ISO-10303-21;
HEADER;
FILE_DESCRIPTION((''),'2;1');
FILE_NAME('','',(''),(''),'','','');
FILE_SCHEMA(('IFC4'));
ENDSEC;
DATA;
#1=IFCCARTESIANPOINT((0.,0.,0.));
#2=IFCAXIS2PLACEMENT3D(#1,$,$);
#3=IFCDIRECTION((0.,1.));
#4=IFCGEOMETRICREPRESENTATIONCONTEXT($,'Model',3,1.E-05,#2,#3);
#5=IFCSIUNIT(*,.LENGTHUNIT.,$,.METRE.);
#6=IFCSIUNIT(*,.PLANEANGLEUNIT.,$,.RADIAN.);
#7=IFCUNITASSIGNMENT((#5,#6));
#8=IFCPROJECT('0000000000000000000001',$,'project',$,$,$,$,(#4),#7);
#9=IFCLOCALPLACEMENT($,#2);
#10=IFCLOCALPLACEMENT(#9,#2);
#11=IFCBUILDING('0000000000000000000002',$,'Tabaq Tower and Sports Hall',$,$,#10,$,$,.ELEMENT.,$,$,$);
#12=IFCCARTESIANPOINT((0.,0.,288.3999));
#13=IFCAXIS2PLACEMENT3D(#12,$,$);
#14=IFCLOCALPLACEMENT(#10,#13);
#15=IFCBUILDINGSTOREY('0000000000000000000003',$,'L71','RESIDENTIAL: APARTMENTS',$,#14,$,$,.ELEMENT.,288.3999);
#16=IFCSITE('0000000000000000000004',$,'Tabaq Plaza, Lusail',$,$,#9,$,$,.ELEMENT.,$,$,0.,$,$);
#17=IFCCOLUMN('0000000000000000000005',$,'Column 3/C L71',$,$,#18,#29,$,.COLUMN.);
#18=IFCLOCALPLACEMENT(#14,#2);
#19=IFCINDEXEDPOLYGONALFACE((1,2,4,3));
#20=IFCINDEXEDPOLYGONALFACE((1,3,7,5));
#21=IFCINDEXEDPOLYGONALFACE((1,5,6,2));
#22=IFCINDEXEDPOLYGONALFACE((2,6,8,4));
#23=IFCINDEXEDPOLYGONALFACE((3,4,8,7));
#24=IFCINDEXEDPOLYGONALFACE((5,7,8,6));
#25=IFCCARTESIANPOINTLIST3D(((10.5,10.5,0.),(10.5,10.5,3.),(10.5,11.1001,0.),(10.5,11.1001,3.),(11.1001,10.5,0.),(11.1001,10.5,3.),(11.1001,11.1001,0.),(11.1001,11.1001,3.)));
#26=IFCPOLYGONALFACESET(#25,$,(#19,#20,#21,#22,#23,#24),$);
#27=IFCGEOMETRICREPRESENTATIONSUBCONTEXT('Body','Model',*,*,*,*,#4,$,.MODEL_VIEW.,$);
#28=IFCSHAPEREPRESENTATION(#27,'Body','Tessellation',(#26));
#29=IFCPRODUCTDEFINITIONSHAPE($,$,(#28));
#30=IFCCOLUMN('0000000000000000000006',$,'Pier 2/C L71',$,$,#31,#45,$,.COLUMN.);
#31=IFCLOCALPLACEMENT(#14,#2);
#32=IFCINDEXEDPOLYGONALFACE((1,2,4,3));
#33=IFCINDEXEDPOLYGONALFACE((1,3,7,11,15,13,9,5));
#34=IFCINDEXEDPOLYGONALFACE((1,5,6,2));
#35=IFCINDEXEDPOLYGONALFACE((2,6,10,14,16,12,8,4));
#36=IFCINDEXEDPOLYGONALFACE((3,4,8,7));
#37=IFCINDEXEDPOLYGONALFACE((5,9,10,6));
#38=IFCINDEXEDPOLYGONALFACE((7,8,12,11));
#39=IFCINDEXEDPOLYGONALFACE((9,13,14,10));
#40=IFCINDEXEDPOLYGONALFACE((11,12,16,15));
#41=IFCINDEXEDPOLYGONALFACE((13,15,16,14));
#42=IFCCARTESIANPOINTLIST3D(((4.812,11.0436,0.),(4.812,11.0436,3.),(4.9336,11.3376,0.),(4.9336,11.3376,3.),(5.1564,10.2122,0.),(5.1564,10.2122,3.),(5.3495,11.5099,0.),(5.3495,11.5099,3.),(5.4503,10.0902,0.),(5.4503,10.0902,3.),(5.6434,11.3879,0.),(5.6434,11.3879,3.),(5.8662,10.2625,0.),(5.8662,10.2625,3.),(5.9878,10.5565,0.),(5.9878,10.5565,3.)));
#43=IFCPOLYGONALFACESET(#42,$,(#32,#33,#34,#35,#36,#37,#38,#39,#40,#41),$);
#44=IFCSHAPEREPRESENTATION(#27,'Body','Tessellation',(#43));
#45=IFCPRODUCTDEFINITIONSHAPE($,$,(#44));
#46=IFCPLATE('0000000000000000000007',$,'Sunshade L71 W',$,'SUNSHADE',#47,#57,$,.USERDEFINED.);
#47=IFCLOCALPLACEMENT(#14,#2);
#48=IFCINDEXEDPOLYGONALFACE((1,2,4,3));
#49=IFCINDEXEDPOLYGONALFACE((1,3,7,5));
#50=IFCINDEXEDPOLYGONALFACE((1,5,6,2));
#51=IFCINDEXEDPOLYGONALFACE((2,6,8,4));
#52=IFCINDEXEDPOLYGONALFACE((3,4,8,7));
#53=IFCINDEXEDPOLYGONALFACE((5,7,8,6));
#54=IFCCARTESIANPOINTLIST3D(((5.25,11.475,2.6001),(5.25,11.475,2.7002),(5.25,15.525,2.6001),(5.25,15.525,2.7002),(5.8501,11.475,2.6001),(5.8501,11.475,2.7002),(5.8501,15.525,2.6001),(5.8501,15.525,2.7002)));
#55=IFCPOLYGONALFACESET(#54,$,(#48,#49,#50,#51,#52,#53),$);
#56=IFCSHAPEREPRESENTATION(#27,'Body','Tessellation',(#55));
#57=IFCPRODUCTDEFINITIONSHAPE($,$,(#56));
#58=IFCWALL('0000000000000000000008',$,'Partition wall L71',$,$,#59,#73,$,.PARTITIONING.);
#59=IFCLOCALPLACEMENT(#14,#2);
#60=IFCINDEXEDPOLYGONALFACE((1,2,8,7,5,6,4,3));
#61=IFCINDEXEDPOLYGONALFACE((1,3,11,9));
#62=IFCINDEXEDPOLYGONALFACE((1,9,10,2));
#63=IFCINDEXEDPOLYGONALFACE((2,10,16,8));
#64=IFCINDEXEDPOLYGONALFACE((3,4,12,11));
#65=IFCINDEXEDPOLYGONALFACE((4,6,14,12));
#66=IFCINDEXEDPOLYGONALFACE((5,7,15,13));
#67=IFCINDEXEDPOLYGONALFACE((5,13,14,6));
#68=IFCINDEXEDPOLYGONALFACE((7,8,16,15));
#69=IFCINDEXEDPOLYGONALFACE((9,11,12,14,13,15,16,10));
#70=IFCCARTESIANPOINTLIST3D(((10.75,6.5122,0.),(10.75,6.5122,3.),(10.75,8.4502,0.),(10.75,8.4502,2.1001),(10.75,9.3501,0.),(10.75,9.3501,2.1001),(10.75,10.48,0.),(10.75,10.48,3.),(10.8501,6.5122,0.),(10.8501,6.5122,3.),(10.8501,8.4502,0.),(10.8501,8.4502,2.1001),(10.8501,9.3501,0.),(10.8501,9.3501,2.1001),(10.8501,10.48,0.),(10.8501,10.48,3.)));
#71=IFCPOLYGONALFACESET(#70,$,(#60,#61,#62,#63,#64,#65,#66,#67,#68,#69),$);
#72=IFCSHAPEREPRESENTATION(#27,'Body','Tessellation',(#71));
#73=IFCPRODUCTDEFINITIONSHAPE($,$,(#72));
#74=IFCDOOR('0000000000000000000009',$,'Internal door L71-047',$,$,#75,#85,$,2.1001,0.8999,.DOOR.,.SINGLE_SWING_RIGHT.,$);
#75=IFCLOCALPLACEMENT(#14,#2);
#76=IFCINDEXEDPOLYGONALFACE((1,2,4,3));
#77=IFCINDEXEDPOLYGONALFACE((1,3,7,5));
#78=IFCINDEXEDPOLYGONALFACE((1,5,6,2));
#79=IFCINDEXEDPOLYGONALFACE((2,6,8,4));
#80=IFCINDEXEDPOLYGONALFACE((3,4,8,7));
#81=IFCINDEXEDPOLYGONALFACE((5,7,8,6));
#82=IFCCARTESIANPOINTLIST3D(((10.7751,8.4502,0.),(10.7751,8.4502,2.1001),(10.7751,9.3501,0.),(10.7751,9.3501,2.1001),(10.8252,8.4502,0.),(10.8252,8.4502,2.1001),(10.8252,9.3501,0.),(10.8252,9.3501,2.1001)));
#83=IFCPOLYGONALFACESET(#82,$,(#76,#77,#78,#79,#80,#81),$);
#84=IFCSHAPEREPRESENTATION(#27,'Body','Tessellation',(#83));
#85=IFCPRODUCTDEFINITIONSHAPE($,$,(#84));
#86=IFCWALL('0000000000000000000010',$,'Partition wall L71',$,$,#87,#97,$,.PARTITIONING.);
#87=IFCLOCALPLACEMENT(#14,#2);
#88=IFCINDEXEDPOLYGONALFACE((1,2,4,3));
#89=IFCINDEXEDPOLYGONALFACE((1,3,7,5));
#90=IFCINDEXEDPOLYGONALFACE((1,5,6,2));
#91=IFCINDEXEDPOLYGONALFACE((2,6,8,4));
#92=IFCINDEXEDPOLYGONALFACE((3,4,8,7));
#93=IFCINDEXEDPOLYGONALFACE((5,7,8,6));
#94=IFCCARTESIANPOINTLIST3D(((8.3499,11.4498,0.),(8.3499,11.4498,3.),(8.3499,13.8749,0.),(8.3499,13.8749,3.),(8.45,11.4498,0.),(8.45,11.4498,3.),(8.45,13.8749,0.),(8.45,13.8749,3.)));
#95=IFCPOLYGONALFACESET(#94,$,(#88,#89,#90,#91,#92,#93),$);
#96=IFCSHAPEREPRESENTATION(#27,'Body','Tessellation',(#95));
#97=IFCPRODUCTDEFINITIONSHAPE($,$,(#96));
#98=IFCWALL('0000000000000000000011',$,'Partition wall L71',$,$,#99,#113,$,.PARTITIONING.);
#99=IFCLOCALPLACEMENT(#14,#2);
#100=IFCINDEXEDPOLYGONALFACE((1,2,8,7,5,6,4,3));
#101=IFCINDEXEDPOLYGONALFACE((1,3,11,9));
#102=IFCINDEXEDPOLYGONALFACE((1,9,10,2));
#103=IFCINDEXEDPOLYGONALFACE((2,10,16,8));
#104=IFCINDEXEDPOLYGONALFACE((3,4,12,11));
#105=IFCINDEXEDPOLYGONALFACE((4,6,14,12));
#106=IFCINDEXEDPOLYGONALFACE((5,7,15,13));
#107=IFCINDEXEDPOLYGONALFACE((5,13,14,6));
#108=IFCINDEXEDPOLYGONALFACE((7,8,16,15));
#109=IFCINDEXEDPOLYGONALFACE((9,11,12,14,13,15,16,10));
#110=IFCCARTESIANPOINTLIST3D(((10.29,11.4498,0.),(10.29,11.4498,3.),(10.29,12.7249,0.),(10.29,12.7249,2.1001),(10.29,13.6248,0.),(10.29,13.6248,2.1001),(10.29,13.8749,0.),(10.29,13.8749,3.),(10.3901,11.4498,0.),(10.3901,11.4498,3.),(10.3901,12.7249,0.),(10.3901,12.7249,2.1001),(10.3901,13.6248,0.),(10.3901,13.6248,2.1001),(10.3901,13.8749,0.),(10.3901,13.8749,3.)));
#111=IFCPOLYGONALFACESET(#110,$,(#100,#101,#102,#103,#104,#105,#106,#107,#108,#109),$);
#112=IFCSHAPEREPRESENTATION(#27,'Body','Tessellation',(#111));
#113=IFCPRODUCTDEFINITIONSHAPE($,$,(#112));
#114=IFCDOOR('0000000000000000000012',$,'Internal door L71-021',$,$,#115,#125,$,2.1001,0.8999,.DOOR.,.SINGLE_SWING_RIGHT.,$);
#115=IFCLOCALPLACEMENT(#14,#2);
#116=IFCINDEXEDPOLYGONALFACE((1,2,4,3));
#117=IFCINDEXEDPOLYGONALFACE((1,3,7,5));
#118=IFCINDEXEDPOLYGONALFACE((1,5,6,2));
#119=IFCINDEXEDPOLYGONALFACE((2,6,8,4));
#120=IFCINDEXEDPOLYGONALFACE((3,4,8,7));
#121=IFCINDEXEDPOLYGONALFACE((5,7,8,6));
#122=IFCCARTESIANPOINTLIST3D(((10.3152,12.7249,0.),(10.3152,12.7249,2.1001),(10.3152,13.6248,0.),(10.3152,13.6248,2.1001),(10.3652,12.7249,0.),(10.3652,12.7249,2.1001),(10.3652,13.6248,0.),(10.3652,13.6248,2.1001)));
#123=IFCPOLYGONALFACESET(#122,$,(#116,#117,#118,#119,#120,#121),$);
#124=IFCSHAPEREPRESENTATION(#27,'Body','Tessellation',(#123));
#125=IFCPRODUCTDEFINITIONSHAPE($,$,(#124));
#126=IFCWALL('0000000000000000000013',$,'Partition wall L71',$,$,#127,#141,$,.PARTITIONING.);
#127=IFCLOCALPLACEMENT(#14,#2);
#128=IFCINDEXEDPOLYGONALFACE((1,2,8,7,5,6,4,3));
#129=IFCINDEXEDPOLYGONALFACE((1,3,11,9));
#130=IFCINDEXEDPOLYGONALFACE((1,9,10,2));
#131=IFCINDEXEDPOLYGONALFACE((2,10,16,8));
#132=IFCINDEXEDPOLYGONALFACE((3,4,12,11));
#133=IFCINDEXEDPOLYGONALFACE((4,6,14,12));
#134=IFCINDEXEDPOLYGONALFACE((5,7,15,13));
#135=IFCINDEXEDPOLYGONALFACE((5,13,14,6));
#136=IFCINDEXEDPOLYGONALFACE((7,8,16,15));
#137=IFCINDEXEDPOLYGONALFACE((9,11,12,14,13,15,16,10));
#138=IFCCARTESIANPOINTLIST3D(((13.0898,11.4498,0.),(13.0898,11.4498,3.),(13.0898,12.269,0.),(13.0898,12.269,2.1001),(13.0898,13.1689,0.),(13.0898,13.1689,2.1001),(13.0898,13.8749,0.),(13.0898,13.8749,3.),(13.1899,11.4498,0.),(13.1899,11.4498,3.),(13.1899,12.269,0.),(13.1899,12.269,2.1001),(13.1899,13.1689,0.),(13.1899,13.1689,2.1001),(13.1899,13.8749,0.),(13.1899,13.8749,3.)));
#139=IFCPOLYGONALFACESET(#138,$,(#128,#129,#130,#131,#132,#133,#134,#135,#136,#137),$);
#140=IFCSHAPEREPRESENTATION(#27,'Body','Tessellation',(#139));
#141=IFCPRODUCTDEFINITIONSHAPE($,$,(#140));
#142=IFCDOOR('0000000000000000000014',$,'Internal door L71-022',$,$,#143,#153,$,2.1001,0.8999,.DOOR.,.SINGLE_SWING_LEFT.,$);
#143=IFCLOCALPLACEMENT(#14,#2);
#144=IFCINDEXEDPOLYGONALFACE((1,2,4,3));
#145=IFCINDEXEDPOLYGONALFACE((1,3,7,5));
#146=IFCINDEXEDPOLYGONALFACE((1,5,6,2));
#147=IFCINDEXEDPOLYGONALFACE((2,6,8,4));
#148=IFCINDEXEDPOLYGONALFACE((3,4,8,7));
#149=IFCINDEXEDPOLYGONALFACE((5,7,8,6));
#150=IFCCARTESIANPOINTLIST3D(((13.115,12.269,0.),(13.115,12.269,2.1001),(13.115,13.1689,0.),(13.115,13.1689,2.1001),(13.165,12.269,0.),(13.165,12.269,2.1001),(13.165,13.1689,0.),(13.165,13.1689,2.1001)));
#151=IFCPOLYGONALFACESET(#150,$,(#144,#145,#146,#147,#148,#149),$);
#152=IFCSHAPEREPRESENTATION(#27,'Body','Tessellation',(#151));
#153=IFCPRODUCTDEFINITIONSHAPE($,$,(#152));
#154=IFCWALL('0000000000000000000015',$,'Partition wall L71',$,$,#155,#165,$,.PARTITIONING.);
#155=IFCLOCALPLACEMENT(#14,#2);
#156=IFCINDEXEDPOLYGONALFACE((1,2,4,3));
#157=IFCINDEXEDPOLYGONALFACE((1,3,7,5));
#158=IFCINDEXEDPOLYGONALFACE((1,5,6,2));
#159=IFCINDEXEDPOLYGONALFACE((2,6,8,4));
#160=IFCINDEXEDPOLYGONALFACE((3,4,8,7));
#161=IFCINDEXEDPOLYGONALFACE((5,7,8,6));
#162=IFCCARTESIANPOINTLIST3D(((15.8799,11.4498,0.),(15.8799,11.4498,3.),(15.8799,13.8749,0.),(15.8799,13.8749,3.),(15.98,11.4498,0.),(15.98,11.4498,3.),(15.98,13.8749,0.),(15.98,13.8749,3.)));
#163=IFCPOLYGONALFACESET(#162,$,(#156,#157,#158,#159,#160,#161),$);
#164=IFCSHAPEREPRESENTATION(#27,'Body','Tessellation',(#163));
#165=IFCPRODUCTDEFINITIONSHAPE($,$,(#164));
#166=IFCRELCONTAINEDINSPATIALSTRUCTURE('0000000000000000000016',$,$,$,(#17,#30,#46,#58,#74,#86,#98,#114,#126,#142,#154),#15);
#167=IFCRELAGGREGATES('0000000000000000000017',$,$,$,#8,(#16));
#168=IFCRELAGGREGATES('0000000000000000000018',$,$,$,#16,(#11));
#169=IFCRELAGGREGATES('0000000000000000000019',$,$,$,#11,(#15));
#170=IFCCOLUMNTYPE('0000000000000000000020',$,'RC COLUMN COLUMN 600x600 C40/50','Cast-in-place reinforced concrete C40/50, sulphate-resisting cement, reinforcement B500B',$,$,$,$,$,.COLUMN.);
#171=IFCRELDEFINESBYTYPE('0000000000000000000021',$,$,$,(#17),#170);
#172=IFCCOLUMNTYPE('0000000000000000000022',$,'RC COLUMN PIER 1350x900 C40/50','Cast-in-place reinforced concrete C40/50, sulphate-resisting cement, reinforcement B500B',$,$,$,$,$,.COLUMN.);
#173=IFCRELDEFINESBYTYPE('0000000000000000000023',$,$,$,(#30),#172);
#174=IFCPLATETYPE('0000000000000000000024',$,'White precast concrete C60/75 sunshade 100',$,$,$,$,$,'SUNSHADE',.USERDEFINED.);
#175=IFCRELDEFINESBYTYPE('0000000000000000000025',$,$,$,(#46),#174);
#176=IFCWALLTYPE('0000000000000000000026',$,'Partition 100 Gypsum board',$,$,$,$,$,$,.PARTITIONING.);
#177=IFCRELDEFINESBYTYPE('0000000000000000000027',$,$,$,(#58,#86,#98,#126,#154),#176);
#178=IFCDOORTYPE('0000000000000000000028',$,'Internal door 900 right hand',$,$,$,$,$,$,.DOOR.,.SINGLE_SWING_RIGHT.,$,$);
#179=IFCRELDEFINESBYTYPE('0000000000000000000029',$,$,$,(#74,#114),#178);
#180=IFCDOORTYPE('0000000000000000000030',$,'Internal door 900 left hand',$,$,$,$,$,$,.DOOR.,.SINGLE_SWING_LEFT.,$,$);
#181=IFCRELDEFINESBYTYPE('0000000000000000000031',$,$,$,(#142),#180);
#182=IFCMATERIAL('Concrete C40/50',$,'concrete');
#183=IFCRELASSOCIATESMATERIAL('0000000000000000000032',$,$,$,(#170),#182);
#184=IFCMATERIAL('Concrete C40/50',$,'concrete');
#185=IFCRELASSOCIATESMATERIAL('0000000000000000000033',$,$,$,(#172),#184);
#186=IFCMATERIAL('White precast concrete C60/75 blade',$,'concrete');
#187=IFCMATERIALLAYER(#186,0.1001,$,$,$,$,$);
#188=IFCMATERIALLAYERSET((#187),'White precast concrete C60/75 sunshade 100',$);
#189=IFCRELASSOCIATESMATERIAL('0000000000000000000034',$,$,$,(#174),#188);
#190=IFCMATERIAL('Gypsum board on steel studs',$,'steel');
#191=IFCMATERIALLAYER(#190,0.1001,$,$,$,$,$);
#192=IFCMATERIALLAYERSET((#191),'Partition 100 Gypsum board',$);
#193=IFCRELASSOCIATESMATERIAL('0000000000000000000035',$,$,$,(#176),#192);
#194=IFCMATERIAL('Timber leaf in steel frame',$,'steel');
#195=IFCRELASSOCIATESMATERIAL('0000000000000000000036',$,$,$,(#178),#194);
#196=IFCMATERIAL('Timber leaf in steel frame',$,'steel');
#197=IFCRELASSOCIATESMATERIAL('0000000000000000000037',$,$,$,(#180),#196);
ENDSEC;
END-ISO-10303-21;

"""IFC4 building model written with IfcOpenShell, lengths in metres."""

from ifc_helpers import new_model, si_unit, direction, frame, frame_2d, origin, origin_2d, place, context, subcontext, project, spatial, polyline, rectangle, outline, extrude, material, layer, layer_set, material_profile, profile_set, type_object, element, fill, save


model = new_model("IFC4")

# Units and contexts
model_context = context("Model", 3, precision=1e-05, world=origin(), true_north=direction((0.0, 1.0)))
body_context = subcontext(model_context, "Body", "Model", "MODEL_VIEW")
ifc_project = project(units=[si_unit("LENGTHUNIT", "METRE"), si_unit("PLANEANGLEUNIT", "RADIAN")], contexts=[model_context])

# Site, building, storey
site_placement = place(None, origin())
site = spatial("IfcSite", under=ifc_project, at=site_placement, Name="Tabaq Plaza, Lusail", CompositionType="ELEMENT", RefElevation=0.0)
building_placement = place(site_placement, origin())
building = spatial("IfcBuilding", under=site, at=building_placement, Name="Tabaq Tower and Sports Hall", CompositionType="ELEMENT")
storey_placement = place(building_placement, frame((0.0, 0.0, 288.3999)))
storey = spatial("IfcBuildingStorey", under=building, at=storey_placement, Name="L71", Description="RESIDENTIAL: APARTMENTS", CompositionType="ELEMENT", Elevation=288.3999)

# Columns
ifc_material_1 = material(Name="Concrete C40/50", Category="concrete")
ifc_material_profile_1 = material_profile(ifc_material_1, rectangle(XDim=0.6001, YDim=0.6001, at=origin_2d()), Name="COLUMN 600x600")
ifc_profile_set_1 = profile_set([ifc_material_profile_1], Name="Concrete C40/50")
column_type_1 = type_object("IfcColumnType", Name="RC COLUMN COLUMN 600x600 C40/50", Description="Cast-in-place reinforced concrete C40/50, sulphate-resisting cement, reinforcement B500B", PredefinedType="COLUMN", material=ifc_profile_set_1)
column_1_placement = place(storey_placement, frame((10.8, 10.8, 0.0), z_axis=(0.0, 0.0, 1.0), x_axis=(1.0, 0.0, 0.0)))
element("IfcColumn", 1, at=column_1_placement, inside=storey, type_object=column_type_1, Name="Column 3/C L71", PredefinedType="COLUMN", context=body_context, shape_type="SweptSolid", body=[
    extrude(rectangle(XDim=0.6001, YDim=0.6001, at=origin_2d()), origin(), (0.0, 0.0, 1.0), 3.0),
])
ifc_material_2 = material(Name="Concrete C40/50", Category="concrete")
ifc_material_profile_2 = material_profile(ifc_material_2, outline(polyline([(-0.45, -0.45), (0.45, -0.45), (0.675, -0.2251), (0.675, 0.2251), (0.45, 0.45), (-0.45, 0.45), (-0.675, 0.2251), (-0.675, -0.2251), (-0.45, -0.45)])), Name="PIER 1350x900")
ifc_profile_set_2 = profile_set([ifc_material_profile_2], Name="Concrete C40/50")
column_type_2 = type_object("IfcColumnType", Name="RC COLUMN PIER 1350x900 C40/50", Description="Cast-in-place reinforced concrete C40/50, sulphate-resisting cement, reinforcement B500B", PredefinedType="COLUMN", material=ifc_profile_set_2)
column_2_placement = place(storey_placement, frame((5.3999, 10.8, 0.0), z_axis=(0.0, 0.0, 1.0), x_axis=(-0.382683, 0.92388, 0.0)))
element("IfcColumn", 2, at=column_2_placement, inside=storey, type_object=column_type_2, Name="Pier 2/C L71", PredefinedType="COLUMN", context=body_context, shape_type="SweptSolid", body=[
    extrude(outline(polyline([(-0.45, -0.45), (0.45, -0.45), (0.675, -0.2251), (0.675, 0.2251), (0.45, 0.45), (-0.45, 0.45), (-0.675, 0.2251), (-0.675, -0.2251), (-0.45, -0.45)])), origin(), (0.0, 0.0, 1.0), 3.0),
])

# Plate
ifc_material_3 = material(Name="White precast concrete C60/75 blade", Category="concrete")
ifc_layer_1 = layer(ifc_material_3, 0.1001)
ifc_layer_set_1 = layer_set([ifc_layer_1], Name="White precast concrete C60/75 sunshade 100")
plate_type = type_object("IfcPlateType", Name="White precast concrete C60/75 sunshade 100", ElementType="SUNSHADE", PredefinedType="USERDEFINED", material=ifc_layer_set_1)
plate_placement = place(storey_placement, frame((5.55, 13.5, 2.6001), z_axis=(0.0, 0.0, 1.0), x_axis=(0.0, -1.0, 0.0)))
element("IfcPlate", 3, at=plate_placement, inside=storey, type_object=plate_type, Name="Sunshade L71 W", ObjectType="SUNSHADE", PredefinedType="USERDEFINED", context=body_context, shape_type="SweptSolid", body=[
    extrude(rectangle(XDim=4.05, YDim=0.6001, at=origin_2d()), origin(), (0.0, 0.0, 1.0), 0.1001),
])

# Wall, opening, door
ifc_material_4 = material(Name="Gypsum board on steel studs", Category="steel")
ifc_layer_2 = layer(ifc_material_4, 0.1001)
ifc_layer_set_2 = layer_set([ifc_layer_2], Name="Partition 100 Gypsum board")
wall_type_1 = type_object("IfcWallType", Name="Partition 100 Gypsum board", PredefinedType="PARTITIONING", material=ifc_layer_set_2)
wall_1_placement = place(storey_placement, frame((10.8, 6.5122, 0.0), z_axis=(0.0, 0.0, 1.0), x_axis=(0.0, 1.0, 0.0)))
wall_1 = element("IfcWall", 4, at=wall_1_placement, inside=storey, type_object=wall_type_1, Name="Partition wall L71", PredefinedType="PARTITIONING", context=body_context, shape_type="SweptSolid", body=[
    extrude(rectangle(XDim=3.9678, YDim=0.1001, at=frame_2d((1.9839, 0.0))), origin(), (0.0, 0.0, 1.0), 3.0),
])
opening_1_placement = place(wall_1_placement, frame((1.938, 0.0, 0.0)))
opening_1 = element("IfcOpeningElement", 5, at=opening_1_placement, cuts=wall_1, PredefinedType="OPENING", context=body_context, shape_type="SweptSolid", body=[
    extrude(rectangle(XDim=0.8999, YDim=2.1001, at=frame_2d((0.45, 1.05))), frame((0.0, 0.05, 0.0), z_axis=(0.0, -1.0, 0.0), x_axis=(1.0, 0.0, 0.0)), (0.0, 0.0, 1.0), 0.1001),
])
ifc_material_5 = material(Name="Timber leaf in steel frame", Category="steel")
door_type_1 = type_object("IfcDoorType", Name="Internal door 900 right hand", OperationType="SINGLE_SWING_RIGHT", PredefinedType="DOOR", material=ifc_material_5)
door_1_placement = place(opening_1_placement, origin())
door_1 = element("IfcDoor", 6, at=door_1_placement, inside=storey, type_object=door_type_1, Name="Internal door L71-047", OperationType="SINGLE_SWING_RIGHT", OverallHeight=2.1001, OverallWidth=0.8999, PredefinedType="DOOR", context=body_context, shape_type="SweptSolid", body=[
    extrude(rectangle(XDim=0.8999, YDim=2.1001, at=frame_2d((0.45, 1.05))), frame((0.0, 0.0249, 0.0), z_axis=(0.0, -1.0, 0.0), x_axis=(1.0, 0.0, 0.0)), (0.0, 0.0, 1.0), 0.05),
])
fill(opening_1, door_1)

# Wall
wall_2_placement = place(storey_placement, frame((8.3999, 11.45, 0.0), z_axis=(0.0, 0.0, 1.0), x_axis=(0.0, 1.0, 0.0)))
element("IfcWall", 7, at=wall_2_placement, inside=storey, type_object=wall_type_1, Name="Partition wall L71", PredefinedType="PARTITIONING", context=body_context, shape_type="SweptSolid", body=[
    extrude(rectangle(XDim=2.425, YDim=0.1001, at=frame_2d((1.2124, 0.0))), origin(), (0.0, 0.0, 1.0), 3.0),
])

# Walls, openings, doors
wall_3_placement = place(storey_placement, frame((10.3401, 11.45, 0.0), z_axis=(0.0, 0.0, 1.0), x_axis=(0.0, 1.0, 0.0)))
wall_3 = element("IfcWall", 8, at=wall_3_placement, inside=storey, type_object=wall_type_1, Name="Partition wall L71", PredefinedType="PARTITIONING", context=body_context, shape_type="SweptSolid", body=[
    extrude(rectangle(XDim=2.425, YDim=0.1001, at=frame_2d((1.2124, 0.0))), origin(), (0.0, 0.0, 1.0), 3.0),
])
opening_2_placement = place(wall_3_placement, frame((1.2749, 0.0, 0.0)))
opening_2 = element("IfcOpeningElement", 9, at=opening_2_placement, cuts=wall_3, PredefinedType="OPENING", context=body_context, shape_type="SweptSolid", body=[
    extrude(rectangle(XDim=0.8999, YDim=2.1001, at=frame_2d((0.45, 1.05))), frame((0.0, 0.05, 0.0), z_axis=(0.0, -1.0, 0.0), x_axis=(1.0, 0.0, 0.0)), (0.0, 0.0, 1.0), 0.1001),
])
door_2_placement = place(opening_2_placement, origin())
door_2 = element("IfcDoor", 10, at=door_2_placement, inside=storey, type_object=door_type_1, Name="Internal door L71-021", OperationType="SINGLE_SWING_RIGHT", OverallHeight=2.1001, OverallWidth=0.8999, PredefinedType="DOOR", context=body_context, shape_type="SweptSolid", body=[
    extrude(rectangle(XDim=0.8999, YDim=2.1001, at=frame_2d((0.45, 1.05))), frame((0.0, 0.0249, 0.0), z_axis=(0.0, -1.0, 0.0), x_axis=(1.0, 0.0, 0.0)), (0.0, 0.0, 1.0), 0.05),
])
fill(opening_2, door_2)
wall_4_placement = place(storey_placement, frame((13.1399, 11.45, 0.0), z_axis=(0.0, 0.0, 1.0), x_axis=(0.0, 1.0, 0.0)))
wall_4 = element("IfcWall", 11, at=wall_4_placement, inside=storey, type_object=wall_type_1, Name="Partition wall L71", PredefinedType="PARTITIONING", context=body_context, shape_type="SweptSolid", body=[
    extrude(rectangle(XDim=2.425, YDim=0.1001, at=frame_2d((1.2124, 0.0))), origin(), (0.0, 0.0, 1.0), 3.0),
])
opening_3_placement = place(wall_4_placement, frame((0.8191, 0.0, 0.0)))
opening_3 = element("IfcOpeningElement", 12, at=opening_3_placement, cuts=wall_4, PredefinedType="OPENING", context=body_context, shape_type="SweptSolid", body=[
    extrude(rectangle(XDim=0.8999, YDim=2.1001, at=frame_2d((0.45, 1.05))), frame((0.0, 0.05, 0.0), z_axis=(0.0, -1.0, 0.0), x_axis=(1.0, 0.0, 0.0)), (0.0, 0.0, 1.0), 0.1001),
])
ifc_material_6 = material(Name="Timber leaf in steel frame", Category="steel")
door_type_2 = type_object("IfcDoorType", Name="Internal door 900 left hand", OperationType="SINGLE_SWING_LEFT", PredefinedType="DOOR", material=ifc_material_6)
door_3_placement = place(opening_3_placement, origin())
door_3 = element("IfcDoor", 13, at=door_3_placement, inside=storey, type_object=door_type_2, Name="Internal door L71-022", OperationType="SINGLE_SWING_LEFT", OverallHeight=2.1001, OverallWidth=0.8999, PredefinedType="DOOR", context=body_context, shape_type="SweptSolid", body=[
    extrude(rectangle(XDim=0.8999, YDim=2.1001, at=frame_2d((0.45, 1.05))), frame((0.0, 0.0249, 0.0), z_axis=(0.0, -1.0, 0.0), x_axis=(1.0, 0.0, 0.0)), (0.0, 0.0, 1.0), 0.05),
])
fill(opening_3, door_3)

# Wall
wall_5_placement = place(storey_placement, frame((15.9299, 11.45, 0.0), z_axis=(0.0, 0.0, 1.0), x_axis=(0.0, 1.0, 0.0)))
element("IfcWall", 14, at=wall_5_placement, inside=storey, type_object=wall_type_1, Name="Partition wall L71", PredefinedType="PARTITIONING", context=body_context, shape_type="SweptSolid", body=[
    extrude(rectangle(XDim=2.425, YDim=0.1001, at=frame_2d((1.2124, 0.0))), origin(), (0.0, 0.0, 1.0), 3.0),
])

save(model, "model.ifc")
